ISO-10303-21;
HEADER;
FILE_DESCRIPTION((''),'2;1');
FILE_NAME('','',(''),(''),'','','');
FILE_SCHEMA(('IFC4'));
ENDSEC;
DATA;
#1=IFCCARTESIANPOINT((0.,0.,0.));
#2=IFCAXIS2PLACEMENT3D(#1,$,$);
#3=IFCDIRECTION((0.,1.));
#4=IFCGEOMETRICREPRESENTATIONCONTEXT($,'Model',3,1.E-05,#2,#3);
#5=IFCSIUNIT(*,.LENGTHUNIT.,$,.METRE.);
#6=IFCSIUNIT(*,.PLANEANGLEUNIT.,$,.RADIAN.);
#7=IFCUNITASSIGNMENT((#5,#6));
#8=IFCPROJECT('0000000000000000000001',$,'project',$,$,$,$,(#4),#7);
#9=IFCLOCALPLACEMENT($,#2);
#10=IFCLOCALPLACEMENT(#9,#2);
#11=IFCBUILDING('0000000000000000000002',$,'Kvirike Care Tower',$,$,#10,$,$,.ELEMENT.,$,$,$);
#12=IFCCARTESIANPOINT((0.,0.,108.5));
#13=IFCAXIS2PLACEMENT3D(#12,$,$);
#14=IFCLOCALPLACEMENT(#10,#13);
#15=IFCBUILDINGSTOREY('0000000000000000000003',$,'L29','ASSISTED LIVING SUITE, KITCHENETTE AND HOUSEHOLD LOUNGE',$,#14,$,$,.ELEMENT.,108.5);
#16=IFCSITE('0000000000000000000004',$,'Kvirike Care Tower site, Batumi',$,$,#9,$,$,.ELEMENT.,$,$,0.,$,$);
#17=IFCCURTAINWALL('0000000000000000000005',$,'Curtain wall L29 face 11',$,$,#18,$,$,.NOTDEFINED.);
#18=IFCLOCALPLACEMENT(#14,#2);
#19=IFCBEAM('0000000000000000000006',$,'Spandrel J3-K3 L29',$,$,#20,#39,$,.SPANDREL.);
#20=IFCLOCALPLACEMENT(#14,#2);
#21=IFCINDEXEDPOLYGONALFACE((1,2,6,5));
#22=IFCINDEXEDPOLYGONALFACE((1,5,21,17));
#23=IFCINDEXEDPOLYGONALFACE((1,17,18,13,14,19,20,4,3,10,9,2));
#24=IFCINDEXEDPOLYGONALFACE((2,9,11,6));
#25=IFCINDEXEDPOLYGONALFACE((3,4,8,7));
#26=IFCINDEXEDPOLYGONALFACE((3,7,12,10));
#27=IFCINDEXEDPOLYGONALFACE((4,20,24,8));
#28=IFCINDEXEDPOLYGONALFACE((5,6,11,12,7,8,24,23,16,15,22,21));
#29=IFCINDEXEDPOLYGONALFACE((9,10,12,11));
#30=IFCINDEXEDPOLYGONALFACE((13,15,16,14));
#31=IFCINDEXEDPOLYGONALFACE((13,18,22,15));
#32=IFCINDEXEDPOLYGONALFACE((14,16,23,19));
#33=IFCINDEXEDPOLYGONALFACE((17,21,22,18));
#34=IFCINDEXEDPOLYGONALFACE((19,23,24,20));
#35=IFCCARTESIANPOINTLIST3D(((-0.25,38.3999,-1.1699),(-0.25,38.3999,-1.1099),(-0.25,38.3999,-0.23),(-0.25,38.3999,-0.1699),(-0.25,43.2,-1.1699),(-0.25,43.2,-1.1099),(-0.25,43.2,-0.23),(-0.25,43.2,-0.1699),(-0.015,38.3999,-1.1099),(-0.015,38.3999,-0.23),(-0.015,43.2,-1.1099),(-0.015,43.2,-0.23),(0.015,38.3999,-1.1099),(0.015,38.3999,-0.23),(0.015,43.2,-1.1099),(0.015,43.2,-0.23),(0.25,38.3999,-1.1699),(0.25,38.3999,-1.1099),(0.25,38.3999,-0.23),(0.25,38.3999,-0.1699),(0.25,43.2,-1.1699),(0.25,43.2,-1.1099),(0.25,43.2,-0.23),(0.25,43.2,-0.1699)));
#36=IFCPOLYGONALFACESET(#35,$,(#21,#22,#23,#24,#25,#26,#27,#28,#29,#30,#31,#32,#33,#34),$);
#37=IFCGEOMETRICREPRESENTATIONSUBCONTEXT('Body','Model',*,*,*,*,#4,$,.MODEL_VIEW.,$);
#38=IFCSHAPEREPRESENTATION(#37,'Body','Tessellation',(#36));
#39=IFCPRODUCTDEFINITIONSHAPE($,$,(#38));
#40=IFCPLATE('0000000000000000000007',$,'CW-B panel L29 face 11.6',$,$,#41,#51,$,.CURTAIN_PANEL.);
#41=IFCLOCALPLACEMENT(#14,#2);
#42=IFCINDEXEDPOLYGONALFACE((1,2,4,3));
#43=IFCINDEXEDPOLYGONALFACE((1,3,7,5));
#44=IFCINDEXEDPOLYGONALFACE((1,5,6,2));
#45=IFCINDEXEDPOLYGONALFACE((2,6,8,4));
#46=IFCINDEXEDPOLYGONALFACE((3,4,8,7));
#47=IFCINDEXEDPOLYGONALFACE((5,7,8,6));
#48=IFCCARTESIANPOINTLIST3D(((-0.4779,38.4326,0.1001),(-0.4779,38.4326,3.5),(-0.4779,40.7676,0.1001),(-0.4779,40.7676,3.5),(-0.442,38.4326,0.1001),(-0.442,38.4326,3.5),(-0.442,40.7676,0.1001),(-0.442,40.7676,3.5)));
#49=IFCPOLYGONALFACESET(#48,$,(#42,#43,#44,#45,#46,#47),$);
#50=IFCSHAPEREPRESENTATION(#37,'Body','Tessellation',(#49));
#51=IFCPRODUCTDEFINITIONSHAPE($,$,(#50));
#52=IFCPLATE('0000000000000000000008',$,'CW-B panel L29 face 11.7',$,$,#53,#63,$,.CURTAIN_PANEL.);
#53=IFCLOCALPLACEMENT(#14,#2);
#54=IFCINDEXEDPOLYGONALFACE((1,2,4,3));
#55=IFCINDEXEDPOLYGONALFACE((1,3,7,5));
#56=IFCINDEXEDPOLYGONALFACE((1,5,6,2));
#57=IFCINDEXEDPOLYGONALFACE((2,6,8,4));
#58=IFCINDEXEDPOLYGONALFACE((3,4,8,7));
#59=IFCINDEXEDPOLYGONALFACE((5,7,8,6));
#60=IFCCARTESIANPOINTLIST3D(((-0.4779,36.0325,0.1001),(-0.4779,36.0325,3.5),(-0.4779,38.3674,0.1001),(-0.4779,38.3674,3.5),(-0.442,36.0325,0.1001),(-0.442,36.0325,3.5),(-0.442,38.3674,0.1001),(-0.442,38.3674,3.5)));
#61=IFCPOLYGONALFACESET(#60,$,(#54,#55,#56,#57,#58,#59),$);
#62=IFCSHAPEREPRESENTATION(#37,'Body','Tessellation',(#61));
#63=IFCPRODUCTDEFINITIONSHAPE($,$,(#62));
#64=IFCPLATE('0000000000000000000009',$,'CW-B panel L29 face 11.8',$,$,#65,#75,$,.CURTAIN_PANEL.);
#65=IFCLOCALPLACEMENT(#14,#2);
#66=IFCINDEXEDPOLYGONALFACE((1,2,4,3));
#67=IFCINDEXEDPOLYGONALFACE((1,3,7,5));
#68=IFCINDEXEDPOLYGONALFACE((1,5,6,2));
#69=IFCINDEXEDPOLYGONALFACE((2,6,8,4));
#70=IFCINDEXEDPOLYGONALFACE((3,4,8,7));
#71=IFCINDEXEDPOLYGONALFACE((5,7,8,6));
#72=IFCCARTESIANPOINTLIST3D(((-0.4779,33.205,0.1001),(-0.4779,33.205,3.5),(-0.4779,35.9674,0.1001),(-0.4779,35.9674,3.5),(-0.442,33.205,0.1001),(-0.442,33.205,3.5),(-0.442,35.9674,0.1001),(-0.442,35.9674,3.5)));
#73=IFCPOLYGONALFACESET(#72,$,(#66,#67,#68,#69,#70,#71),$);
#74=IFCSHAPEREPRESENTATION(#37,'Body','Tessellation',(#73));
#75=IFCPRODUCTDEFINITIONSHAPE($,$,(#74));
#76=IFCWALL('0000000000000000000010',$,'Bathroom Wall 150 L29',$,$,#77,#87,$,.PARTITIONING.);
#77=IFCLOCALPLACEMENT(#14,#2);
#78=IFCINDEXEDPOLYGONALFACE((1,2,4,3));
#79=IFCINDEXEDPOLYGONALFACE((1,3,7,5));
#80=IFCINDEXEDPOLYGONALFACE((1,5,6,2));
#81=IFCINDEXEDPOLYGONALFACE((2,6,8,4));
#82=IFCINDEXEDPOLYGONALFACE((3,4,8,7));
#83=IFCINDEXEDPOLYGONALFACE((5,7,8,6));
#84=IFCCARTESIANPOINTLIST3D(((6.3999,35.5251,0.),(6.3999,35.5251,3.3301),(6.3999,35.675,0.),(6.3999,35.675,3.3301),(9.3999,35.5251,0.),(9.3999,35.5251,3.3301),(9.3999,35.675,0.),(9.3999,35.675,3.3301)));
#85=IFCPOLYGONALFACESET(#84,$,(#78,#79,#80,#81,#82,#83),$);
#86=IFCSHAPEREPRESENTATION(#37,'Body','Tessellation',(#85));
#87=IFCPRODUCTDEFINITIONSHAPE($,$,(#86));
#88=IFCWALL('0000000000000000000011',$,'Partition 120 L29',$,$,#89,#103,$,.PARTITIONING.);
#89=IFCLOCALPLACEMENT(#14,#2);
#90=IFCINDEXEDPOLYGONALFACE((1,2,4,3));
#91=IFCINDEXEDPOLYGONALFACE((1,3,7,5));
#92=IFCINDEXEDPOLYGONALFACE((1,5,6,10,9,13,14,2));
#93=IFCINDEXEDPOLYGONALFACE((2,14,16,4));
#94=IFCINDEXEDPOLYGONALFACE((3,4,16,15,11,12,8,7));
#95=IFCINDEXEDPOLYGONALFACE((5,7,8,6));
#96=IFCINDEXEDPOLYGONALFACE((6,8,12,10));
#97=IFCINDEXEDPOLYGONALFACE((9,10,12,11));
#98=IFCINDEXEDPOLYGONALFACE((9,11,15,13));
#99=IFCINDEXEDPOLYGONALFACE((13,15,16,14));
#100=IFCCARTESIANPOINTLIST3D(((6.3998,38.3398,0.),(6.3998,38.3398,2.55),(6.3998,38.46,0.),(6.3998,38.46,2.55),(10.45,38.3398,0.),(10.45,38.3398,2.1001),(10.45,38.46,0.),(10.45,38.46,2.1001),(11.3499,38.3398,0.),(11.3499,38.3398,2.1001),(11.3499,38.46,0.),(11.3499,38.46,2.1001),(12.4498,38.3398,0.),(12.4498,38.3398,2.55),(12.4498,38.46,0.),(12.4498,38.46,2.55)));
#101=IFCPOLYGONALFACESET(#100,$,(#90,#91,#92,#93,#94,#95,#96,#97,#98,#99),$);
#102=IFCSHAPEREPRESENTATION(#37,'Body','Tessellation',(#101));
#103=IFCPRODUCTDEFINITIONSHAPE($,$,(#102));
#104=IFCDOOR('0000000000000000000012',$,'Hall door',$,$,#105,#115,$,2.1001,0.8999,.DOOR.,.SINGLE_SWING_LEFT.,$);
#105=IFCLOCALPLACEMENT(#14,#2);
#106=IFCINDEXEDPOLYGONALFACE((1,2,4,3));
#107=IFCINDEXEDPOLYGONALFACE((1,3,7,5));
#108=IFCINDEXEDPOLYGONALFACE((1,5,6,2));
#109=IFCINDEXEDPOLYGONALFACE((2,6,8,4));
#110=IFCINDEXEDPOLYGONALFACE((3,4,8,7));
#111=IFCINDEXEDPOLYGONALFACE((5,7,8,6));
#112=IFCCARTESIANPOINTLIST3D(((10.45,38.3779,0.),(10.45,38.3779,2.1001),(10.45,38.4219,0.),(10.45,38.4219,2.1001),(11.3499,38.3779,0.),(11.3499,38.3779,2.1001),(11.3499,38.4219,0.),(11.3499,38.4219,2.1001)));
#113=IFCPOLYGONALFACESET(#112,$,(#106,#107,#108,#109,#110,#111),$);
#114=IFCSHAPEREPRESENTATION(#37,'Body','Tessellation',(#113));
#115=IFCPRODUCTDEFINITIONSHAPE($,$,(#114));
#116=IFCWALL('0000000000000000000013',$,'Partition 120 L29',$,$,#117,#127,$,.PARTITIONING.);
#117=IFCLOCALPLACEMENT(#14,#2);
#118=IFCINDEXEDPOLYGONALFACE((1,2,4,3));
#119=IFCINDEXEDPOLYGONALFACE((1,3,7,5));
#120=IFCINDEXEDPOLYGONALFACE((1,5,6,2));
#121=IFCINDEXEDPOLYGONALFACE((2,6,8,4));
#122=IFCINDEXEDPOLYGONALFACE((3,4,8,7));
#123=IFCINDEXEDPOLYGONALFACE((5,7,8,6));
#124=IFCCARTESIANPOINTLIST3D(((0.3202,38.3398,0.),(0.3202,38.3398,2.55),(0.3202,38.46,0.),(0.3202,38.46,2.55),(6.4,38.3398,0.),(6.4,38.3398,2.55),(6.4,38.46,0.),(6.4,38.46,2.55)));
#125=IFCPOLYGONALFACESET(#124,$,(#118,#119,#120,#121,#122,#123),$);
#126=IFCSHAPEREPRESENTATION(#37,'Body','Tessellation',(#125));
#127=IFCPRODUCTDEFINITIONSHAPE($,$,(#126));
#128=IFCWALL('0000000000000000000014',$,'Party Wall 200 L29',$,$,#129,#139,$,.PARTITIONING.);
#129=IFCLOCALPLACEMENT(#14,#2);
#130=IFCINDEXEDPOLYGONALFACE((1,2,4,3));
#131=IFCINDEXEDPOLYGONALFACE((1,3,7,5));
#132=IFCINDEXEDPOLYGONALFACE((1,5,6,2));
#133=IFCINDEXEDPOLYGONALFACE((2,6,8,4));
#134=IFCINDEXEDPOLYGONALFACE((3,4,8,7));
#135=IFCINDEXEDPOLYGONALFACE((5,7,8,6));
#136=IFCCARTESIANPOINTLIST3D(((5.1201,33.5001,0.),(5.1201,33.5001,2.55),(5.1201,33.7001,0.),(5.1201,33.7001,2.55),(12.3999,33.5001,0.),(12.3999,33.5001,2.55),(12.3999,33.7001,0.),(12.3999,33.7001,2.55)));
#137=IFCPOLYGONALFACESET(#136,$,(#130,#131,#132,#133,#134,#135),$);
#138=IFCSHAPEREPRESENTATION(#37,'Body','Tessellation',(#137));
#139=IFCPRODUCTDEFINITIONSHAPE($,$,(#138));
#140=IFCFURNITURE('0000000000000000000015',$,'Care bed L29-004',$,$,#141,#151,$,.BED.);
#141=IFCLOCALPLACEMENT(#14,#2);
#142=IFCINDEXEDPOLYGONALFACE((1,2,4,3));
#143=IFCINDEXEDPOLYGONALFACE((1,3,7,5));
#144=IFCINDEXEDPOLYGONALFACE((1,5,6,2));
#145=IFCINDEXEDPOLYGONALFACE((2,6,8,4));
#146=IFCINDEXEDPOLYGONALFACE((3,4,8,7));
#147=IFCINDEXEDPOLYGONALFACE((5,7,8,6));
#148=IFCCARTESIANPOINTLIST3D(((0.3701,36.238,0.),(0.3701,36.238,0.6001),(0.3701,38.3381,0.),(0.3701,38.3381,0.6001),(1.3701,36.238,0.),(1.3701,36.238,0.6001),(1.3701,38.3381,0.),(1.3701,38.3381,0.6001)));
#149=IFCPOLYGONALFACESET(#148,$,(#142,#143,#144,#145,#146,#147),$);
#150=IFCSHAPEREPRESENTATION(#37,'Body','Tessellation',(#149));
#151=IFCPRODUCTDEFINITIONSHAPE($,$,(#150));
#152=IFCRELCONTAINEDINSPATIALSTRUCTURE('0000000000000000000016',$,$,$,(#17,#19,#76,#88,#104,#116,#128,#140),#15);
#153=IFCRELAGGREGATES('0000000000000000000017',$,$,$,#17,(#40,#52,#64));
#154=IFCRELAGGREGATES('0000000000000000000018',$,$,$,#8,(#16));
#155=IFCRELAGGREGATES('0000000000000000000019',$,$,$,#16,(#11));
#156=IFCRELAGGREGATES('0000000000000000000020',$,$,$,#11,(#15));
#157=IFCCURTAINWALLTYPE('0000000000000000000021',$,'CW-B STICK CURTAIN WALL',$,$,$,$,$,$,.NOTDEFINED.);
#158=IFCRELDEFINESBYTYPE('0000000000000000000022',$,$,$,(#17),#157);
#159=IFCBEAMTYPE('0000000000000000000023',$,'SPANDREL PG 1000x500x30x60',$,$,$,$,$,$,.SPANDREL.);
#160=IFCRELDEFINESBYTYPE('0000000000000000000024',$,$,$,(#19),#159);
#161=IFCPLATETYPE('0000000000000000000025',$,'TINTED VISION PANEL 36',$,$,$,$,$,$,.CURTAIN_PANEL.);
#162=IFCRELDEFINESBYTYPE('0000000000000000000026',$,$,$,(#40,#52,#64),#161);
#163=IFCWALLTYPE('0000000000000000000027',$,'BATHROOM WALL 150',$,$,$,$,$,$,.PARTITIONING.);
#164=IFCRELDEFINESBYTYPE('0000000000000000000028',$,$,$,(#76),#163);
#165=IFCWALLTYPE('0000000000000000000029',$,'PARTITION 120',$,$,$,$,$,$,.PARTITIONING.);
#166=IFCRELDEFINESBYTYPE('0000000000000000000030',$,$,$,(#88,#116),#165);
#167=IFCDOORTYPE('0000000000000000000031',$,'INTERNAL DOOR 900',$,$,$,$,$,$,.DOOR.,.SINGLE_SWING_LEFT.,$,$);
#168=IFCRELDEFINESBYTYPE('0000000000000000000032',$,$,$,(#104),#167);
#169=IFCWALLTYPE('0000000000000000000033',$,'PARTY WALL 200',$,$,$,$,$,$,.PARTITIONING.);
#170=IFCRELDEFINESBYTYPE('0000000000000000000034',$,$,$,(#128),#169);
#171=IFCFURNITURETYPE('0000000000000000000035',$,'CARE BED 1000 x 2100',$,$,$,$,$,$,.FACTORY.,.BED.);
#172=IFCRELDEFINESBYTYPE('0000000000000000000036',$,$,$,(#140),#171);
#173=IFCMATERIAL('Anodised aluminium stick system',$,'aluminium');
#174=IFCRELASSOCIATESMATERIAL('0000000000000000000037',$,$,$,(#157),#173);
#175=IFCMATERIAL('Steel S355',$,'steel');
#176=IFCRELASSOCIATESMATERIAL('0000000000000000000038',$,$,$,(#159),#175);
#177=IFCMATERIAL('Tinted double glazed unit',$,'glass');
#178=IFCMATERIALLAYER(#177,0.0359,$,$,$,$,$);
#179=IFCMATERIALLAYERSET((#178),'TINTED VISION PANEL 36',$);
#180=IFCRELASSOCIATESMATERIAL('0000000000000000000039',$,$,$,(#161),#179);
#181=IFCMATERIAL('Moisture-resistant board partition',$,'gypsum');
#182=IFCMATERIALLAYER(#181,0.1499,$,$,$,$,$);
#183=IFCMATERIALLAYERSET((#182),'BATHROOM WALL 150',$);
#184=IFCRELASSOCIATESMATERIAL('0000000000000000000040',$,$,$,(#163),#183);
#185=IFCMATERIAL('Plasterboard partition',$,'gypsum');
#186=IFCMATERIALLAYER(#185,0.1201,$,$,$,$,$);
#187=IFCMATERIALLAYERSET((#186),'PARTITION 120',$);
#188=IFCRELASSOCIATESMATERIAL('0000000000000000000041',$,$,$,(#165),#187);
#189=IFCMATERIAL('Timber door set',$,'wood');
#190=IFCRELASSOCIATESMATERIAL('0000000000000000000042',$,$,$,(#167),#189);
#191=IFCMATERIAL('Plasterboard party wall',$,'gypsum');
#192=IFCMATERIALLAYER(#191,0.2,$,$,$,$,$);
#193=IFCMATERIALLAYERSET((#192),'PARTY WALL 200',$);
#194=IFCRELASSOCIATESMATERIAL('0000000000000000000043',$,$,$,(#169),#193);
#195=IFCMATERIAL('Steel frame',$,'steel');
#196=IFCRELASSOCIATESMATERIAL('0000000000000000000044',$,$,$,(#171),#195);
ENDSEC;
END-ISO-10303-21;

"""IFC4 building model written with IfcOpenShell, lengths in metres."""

from ifc_helpers import new_model, si_unit, direction, frame, frame_2d, origin, origin_2d, place, context, subcontext, project, spatial, rectangle, i_section, extrude, material, layer, layer_set, material_profile, profile_set, type_object, element, fill, aggregate, save


model = new_model("IFC4")

# Units and contexts
model_context = context("Model", 3, precision=1e-05, world=origin(), true_north=direction((0.0, 1.0)))
body_context = subcontext(model_context, "Body", "Model", "MODEL_VIEW")
ifc_project = project(units=[si_unit("LENGTHUNIT", "METRE"), si_unit("PLANEANGLEUNIT", "RADIAN")], contexts=[model_context])

# Site, building, storey
site_placement = place(None, origin())
site = spatial("IfcSite", under=ifc_project, at=site_placement, Name="Kvirike Care Tower site, Batumi", CompositionType="ELEMENT", RefElevation=0.0)
building_placement = place(site_placement, origin())
building = spatial("IfcBuilding", under=site, at=building_placement, Name="Kvirike Care Tower", CompositionType="ELEMENT")
storey_placement = place(building_placement, frame((0.0, 0.0, 108.5)))
storey = spatial("IfcBuildingStorey", under=building, at=storey_placement, Name="L29", Description="ASSISTED LIVING SUITE, KITCHENETTE AND HOUSEHOLD LOUNGE", CompositionType="ELEMENT", Elevation=108.5)

# Curtain wall
ifc_material_1 = material(Name="Anodised aluminium stick system", Category="aluminium")
curtain_wall_type = type_object("IfcCurtainWallType", Name="CW-B STICK CURTAIN WALL", PredefinedType="NOTDEFINED", material=ifc_material_1)
curtain_wall_placement = place(storey_placement, origin())
curtain_wall = element("IfcCurtainWall", 1, at=curtain_wall_placement, inside=storey, type_object=curtain_wall_type, Name="Curtain wall L29 face 11", PredefinedType="NOTDEFINED")

# Beam
ifc_material_2 = material(Name="Steel S355", Category="steel")
ifc_material_profile_1 = material_profile(ifc_material_2, i_section(OverallWidth=0.5, OverallDepth=1.0, WebThickness=0.03, FlangeThickness=0.0601, at=origin_2d()), Name="PG 1000x500x30x60")
ifc_profile_set_1 = profile_set([ifc_material_profile_1], Name="Steel S355")
beam_type_1 = type_object("IfcBeamType", Name="SPANDREL PG 1000x500x30x60", PredefinedType="SPANDREL", material=ifc_profile_set_1)
beam_1_placement = place(storey_placement, frame((0.0, 38.3999, -0.6699), z_axis=(0.0, 1.0, 0.0), x_axis=(-1.0, 0.0, 0.0)))
element("IfcBeam", 2, at=beam_1_placement, inside=storey, type_object=beam_type_1, Name="Spandrel J3-K3 L29", PredefinedType="SPANDREL", context=body_context, shape_type="SweptSolid", body=[
    extrude(i_section(OverallWidth=0.5, OverallDepth=1.0, WebThickness=0.03, FlangeThickness=0.0601, at=origin_2d()), origin(), (0.0, 0.0, 1.0), 4.8),
])

# Plates
ifc_material_3 = material(Name="Tinted double glazed unit", Category="glass")
ifc_layer_1 = layer(ifc_material_3, 0.0359)
ifc_layer_set_1 = layer_set([ifc_layer_1], Name="TINTED VISION PANEL 36")
plate_type = type_object("IfcPlateType", Name="TINTED VISION PANEL 36", PredefinedType="CURTAIN_PANEL", material=ifc_layer_set_1)
plate_1_placement = place(storey_placement, frame((-0.46, 39.6001, 0.1001), z_axis=(0.0, 0.0, 1.0), x_axis=(0.0, -1.0, 0.0)))
plate_1 = element("IfcPlate", 3, at=plate_1_placement, type_object=plate_type, Name="CW-B panel L29 face 11.6", PredefinedType="CURTAIN_PANEL", context=body_context, shape_type="SweptSolid", body=[
    extrude(rectangle(XDim=2.335, YDim=0.0359, at=origin_2d()), origin(), (0.0, 0.0, 1.0), 3.3999),
])
plate_2_placement = place(storey_placement, frame((-0.46, 37.2, 0.1001), z_axis=(0.0, 0.0, 1.0), x_axis=(0.0, -1.0, 0.0)))
plate_2 = element("IfcPlate", 4, at=plate_2_placement, type_object=plate_type, Name="CW-B panel L29 face 11.7", PredefinedType="CURTAIN_PANEL", context=body_context, shape_type="SweptSolid", body=[
    extrude(rectangle(XDim=2.335, YDim=0.0359, at=origin_2d()), origin(), (0.0, 0.0, 1.0), 3.3999),
])
plate_3_placement = place(storey_placement, frame((-0.46, 34.5862, 0.1001), z_axis=(0.0, 0.0, 1.0), x_axis=(0.0, -1.0, 0.0)))
plate_3 = element("IfcPlate", 5, at=plate_3_placement, type_object=plate_type, Name="CW-B panel L29 face 11.8", PredefinedType="CURTAIN_PANEL", context=body_context, shape_type="SweptSolid", body=[
    extrude(rectangle(XDim=2.7625, YDim=0.0359, at=origin_2d()), origin(), (0.0, 0.0, 1.0), 3.3999),
])
aggregate(curtain_wall, [plate_1, plate_2, plate_3])

# Wall
ifc_material_4 = material(Name="Moisture-resistant board partition", Category="gypsum")
ifc_layer_2 = layer(ifc_material_4, 0.1499)
ifc_layer_set_2 = layer_set([ifc_layer_2], Name="BATHROOM WALL 150")
wall_type_1 = type_object("IfcWallType", Name="BATHROOM WALL 150", PredefinedType="PARTITIONING", material=ifc_layer_set_2)
wall_1_placement = place(storey_placement, frame((6.3999, 35.6001, 0.0), z_axis=(0.0, 0.0, 1.0), x_axis=(1.0, 0.0, 0.0)))
element("IfcWall", 6, at=wall_1_placement, inside=storey, type_object=wall_type_1, Name="Bathroom Wall 150 L29", PredefinedType="PARTITIONING", context=body_context, shape_type="SweptSolid", body=[
    extrude(rectangle(XDim=3.0, YDim=0.1499, at=frame_2d((1.5, 0.0))), origin(), (0.0, 0.0, 1.0), 3.3301),
])

# Wall, opening, door
ifc_material_5 = material(Name="Plasterboard partition", Category="gypsum")
ifc_layer_3 = layer(ifc_material_5, 0.1201)
ifc_layer_set_3 = layer_set([ifc_layer_3], Name="PARTITION 120")
wall_type_2 = type_object("IfcWallType", Name="PARTITION 120", PredefinedType="PARTITIONING", material=ifc_layer_set_3)
wall_2_placement = place(storey_placement, frame((6.3999, 38.3999, 0.0), z_axis=(0.0, 0.0, 1.0), x_axis=(1.0, 0.0, 0.0)))
wall_2 = element("IfcWall", 7, at=wall_2_placement, inside=storey, type_object=wall_type_2, Name="Partition 120 L29", PredefinedType="PARTITIONING", context=body_context, shape_type="SweptSolid", body=[
    extrude(rectangle(XDim=6.05, YDim=0.1201, at=frame_2d((3.0249, 0.0))), origin(), (0.0, 0.0, 1.0), 2.55),
])
opening_placement = place(wall_2_placement, frame((4.05, 0.0, 0.0)))
opening = element("IfcOpeningElement", 8, at=opening_placement, cuts=wall_2, PredefinedType="OPENING", context=body_context, shape_type="SweptSolid", body=[
    extrude(rectangle(XDim=0.8999, YDim=2.1001, at=frame_2d((0.45, 1.05))), frame((0.0, 0.0706, 0.0), z_axis=(0.0, -1.0, 0.0), x_axis=(1.0, 0.0, 0.0)), (0.0, 0.0, 1.0), 0.1411),
])
ifc_material_6 = material(Name="Timber door set", Category="wood")
door_type = type_object("IfcDoorType", Name="INTERNAL DOOR 900", OperationType="SINGLE_SWING_LEFT", PredefinedType="DOOR", material=ifc_material_6)
door_placement = place(opening_placement, origin())
door = element("IfcDoor", 9, at=door_placement, inside=storey, type_object=door_type, Name="Hall door", OperationType="SINGLE_SWING_LEFT", OverallHeight=2.1001, OverallWidth=0.8999, PredefinedType="DOOR", context=body_context, shape_type="SweptSolid", body=[
    extrude(rectangle(XDim=0.8999, YDim=2.1001, at=frame_2d((0.45, 1.05))), frame((0.0, 0.022, 0.0), z_axis=(0.0, -1.0, 0.0), x_axis=(1.0, 0.0, 0.0)), (0.0, 0.0, 1.0), 0.0439),
])
fill(opening, door)

# Walls
wall_3_placement = place(storey_placement, frame((0.3201, 38.3999, 0.0), z_axis=(0.0, 0.0, 1.0), x_axis=(1.0, 0.0, 0.0)))
element("IfcWall", 10, at=wall_3_placement, inside=storey, type_object=wall_type_2, Name="Partition 120 L29", PredefinedType="PARTITIONING", context=body_context, shape_type="SweptSolid", body=[
    extrude(rectangle(XDim=6.0798, YDim=0.1201, at=frame_2d((3.04, 0.0))), origin(), (0.0, 0.0, 1.0), 2.55),
])
ifc_material_7 = material(Name="Plasterboard party wall", Category="gypsum")
ifc_layer_4 = layer(ifc_material_7, 0.2)
ifc_layer_set_4 = layer_set([ifc_layer_4], Name="PARTY WALL 200")
wall_type_3 = type_object("IfcWallType", Name="PARTY WALL 200", PredefinedType="PARTITIONING", material=ifc_layer_set_4)
wall_4_placement = place(storey_placement, frame((5.1201, 33.6001, 0.0), z_axis=(0.0, 0.0, 1.0), x_axis=(1.0, 0.0, 0.0)))
element("IfcWall", 11, at=wall_4_placement, inside=storey, type_object=wall_type_3, Name="Party Wall 200 L29", PredefinedType="PARTITIONING", context=body_context, shape_type="SweptSolid", body=[
    extrude(rectangle(XDim=7.2798, YDim=0.2, at=frame_2d((3.6399, 0.0))), origin(), (0.0, 0.0, 1.0), 2.55),
])

# Furniture
ifc_material_8 = material(Name="Steel frame", Category="steel")
furniture_type = type_object("IfcFurnitureType", Name="CARE BED 1000 x 2100", AssemblyPlace="FACTORY", PredefinedType="BED", material=ifc_material_8)
furniture_placement = place(storey_placement, frame((0.8701, 37.2881, 0.0), z_axis=(0.0, 0.0, 1.0), x_axis=(1.0, 0.0, 0.0)))
element("IfcFurniture", 12, at=furniture_placement, inside=storey, type_object=furniture_type, Name="Care bed L29-004", PredefinedType="BED", context=body_context, shape_type="SweptSolid", body=[
    extrude(rectangle(XDim=1.0, YDim=2.1001, at=origin_2d()), origin(), (0.0, 0.0, 1.0), 0.6001),
])

save(model, "model.ifc")
